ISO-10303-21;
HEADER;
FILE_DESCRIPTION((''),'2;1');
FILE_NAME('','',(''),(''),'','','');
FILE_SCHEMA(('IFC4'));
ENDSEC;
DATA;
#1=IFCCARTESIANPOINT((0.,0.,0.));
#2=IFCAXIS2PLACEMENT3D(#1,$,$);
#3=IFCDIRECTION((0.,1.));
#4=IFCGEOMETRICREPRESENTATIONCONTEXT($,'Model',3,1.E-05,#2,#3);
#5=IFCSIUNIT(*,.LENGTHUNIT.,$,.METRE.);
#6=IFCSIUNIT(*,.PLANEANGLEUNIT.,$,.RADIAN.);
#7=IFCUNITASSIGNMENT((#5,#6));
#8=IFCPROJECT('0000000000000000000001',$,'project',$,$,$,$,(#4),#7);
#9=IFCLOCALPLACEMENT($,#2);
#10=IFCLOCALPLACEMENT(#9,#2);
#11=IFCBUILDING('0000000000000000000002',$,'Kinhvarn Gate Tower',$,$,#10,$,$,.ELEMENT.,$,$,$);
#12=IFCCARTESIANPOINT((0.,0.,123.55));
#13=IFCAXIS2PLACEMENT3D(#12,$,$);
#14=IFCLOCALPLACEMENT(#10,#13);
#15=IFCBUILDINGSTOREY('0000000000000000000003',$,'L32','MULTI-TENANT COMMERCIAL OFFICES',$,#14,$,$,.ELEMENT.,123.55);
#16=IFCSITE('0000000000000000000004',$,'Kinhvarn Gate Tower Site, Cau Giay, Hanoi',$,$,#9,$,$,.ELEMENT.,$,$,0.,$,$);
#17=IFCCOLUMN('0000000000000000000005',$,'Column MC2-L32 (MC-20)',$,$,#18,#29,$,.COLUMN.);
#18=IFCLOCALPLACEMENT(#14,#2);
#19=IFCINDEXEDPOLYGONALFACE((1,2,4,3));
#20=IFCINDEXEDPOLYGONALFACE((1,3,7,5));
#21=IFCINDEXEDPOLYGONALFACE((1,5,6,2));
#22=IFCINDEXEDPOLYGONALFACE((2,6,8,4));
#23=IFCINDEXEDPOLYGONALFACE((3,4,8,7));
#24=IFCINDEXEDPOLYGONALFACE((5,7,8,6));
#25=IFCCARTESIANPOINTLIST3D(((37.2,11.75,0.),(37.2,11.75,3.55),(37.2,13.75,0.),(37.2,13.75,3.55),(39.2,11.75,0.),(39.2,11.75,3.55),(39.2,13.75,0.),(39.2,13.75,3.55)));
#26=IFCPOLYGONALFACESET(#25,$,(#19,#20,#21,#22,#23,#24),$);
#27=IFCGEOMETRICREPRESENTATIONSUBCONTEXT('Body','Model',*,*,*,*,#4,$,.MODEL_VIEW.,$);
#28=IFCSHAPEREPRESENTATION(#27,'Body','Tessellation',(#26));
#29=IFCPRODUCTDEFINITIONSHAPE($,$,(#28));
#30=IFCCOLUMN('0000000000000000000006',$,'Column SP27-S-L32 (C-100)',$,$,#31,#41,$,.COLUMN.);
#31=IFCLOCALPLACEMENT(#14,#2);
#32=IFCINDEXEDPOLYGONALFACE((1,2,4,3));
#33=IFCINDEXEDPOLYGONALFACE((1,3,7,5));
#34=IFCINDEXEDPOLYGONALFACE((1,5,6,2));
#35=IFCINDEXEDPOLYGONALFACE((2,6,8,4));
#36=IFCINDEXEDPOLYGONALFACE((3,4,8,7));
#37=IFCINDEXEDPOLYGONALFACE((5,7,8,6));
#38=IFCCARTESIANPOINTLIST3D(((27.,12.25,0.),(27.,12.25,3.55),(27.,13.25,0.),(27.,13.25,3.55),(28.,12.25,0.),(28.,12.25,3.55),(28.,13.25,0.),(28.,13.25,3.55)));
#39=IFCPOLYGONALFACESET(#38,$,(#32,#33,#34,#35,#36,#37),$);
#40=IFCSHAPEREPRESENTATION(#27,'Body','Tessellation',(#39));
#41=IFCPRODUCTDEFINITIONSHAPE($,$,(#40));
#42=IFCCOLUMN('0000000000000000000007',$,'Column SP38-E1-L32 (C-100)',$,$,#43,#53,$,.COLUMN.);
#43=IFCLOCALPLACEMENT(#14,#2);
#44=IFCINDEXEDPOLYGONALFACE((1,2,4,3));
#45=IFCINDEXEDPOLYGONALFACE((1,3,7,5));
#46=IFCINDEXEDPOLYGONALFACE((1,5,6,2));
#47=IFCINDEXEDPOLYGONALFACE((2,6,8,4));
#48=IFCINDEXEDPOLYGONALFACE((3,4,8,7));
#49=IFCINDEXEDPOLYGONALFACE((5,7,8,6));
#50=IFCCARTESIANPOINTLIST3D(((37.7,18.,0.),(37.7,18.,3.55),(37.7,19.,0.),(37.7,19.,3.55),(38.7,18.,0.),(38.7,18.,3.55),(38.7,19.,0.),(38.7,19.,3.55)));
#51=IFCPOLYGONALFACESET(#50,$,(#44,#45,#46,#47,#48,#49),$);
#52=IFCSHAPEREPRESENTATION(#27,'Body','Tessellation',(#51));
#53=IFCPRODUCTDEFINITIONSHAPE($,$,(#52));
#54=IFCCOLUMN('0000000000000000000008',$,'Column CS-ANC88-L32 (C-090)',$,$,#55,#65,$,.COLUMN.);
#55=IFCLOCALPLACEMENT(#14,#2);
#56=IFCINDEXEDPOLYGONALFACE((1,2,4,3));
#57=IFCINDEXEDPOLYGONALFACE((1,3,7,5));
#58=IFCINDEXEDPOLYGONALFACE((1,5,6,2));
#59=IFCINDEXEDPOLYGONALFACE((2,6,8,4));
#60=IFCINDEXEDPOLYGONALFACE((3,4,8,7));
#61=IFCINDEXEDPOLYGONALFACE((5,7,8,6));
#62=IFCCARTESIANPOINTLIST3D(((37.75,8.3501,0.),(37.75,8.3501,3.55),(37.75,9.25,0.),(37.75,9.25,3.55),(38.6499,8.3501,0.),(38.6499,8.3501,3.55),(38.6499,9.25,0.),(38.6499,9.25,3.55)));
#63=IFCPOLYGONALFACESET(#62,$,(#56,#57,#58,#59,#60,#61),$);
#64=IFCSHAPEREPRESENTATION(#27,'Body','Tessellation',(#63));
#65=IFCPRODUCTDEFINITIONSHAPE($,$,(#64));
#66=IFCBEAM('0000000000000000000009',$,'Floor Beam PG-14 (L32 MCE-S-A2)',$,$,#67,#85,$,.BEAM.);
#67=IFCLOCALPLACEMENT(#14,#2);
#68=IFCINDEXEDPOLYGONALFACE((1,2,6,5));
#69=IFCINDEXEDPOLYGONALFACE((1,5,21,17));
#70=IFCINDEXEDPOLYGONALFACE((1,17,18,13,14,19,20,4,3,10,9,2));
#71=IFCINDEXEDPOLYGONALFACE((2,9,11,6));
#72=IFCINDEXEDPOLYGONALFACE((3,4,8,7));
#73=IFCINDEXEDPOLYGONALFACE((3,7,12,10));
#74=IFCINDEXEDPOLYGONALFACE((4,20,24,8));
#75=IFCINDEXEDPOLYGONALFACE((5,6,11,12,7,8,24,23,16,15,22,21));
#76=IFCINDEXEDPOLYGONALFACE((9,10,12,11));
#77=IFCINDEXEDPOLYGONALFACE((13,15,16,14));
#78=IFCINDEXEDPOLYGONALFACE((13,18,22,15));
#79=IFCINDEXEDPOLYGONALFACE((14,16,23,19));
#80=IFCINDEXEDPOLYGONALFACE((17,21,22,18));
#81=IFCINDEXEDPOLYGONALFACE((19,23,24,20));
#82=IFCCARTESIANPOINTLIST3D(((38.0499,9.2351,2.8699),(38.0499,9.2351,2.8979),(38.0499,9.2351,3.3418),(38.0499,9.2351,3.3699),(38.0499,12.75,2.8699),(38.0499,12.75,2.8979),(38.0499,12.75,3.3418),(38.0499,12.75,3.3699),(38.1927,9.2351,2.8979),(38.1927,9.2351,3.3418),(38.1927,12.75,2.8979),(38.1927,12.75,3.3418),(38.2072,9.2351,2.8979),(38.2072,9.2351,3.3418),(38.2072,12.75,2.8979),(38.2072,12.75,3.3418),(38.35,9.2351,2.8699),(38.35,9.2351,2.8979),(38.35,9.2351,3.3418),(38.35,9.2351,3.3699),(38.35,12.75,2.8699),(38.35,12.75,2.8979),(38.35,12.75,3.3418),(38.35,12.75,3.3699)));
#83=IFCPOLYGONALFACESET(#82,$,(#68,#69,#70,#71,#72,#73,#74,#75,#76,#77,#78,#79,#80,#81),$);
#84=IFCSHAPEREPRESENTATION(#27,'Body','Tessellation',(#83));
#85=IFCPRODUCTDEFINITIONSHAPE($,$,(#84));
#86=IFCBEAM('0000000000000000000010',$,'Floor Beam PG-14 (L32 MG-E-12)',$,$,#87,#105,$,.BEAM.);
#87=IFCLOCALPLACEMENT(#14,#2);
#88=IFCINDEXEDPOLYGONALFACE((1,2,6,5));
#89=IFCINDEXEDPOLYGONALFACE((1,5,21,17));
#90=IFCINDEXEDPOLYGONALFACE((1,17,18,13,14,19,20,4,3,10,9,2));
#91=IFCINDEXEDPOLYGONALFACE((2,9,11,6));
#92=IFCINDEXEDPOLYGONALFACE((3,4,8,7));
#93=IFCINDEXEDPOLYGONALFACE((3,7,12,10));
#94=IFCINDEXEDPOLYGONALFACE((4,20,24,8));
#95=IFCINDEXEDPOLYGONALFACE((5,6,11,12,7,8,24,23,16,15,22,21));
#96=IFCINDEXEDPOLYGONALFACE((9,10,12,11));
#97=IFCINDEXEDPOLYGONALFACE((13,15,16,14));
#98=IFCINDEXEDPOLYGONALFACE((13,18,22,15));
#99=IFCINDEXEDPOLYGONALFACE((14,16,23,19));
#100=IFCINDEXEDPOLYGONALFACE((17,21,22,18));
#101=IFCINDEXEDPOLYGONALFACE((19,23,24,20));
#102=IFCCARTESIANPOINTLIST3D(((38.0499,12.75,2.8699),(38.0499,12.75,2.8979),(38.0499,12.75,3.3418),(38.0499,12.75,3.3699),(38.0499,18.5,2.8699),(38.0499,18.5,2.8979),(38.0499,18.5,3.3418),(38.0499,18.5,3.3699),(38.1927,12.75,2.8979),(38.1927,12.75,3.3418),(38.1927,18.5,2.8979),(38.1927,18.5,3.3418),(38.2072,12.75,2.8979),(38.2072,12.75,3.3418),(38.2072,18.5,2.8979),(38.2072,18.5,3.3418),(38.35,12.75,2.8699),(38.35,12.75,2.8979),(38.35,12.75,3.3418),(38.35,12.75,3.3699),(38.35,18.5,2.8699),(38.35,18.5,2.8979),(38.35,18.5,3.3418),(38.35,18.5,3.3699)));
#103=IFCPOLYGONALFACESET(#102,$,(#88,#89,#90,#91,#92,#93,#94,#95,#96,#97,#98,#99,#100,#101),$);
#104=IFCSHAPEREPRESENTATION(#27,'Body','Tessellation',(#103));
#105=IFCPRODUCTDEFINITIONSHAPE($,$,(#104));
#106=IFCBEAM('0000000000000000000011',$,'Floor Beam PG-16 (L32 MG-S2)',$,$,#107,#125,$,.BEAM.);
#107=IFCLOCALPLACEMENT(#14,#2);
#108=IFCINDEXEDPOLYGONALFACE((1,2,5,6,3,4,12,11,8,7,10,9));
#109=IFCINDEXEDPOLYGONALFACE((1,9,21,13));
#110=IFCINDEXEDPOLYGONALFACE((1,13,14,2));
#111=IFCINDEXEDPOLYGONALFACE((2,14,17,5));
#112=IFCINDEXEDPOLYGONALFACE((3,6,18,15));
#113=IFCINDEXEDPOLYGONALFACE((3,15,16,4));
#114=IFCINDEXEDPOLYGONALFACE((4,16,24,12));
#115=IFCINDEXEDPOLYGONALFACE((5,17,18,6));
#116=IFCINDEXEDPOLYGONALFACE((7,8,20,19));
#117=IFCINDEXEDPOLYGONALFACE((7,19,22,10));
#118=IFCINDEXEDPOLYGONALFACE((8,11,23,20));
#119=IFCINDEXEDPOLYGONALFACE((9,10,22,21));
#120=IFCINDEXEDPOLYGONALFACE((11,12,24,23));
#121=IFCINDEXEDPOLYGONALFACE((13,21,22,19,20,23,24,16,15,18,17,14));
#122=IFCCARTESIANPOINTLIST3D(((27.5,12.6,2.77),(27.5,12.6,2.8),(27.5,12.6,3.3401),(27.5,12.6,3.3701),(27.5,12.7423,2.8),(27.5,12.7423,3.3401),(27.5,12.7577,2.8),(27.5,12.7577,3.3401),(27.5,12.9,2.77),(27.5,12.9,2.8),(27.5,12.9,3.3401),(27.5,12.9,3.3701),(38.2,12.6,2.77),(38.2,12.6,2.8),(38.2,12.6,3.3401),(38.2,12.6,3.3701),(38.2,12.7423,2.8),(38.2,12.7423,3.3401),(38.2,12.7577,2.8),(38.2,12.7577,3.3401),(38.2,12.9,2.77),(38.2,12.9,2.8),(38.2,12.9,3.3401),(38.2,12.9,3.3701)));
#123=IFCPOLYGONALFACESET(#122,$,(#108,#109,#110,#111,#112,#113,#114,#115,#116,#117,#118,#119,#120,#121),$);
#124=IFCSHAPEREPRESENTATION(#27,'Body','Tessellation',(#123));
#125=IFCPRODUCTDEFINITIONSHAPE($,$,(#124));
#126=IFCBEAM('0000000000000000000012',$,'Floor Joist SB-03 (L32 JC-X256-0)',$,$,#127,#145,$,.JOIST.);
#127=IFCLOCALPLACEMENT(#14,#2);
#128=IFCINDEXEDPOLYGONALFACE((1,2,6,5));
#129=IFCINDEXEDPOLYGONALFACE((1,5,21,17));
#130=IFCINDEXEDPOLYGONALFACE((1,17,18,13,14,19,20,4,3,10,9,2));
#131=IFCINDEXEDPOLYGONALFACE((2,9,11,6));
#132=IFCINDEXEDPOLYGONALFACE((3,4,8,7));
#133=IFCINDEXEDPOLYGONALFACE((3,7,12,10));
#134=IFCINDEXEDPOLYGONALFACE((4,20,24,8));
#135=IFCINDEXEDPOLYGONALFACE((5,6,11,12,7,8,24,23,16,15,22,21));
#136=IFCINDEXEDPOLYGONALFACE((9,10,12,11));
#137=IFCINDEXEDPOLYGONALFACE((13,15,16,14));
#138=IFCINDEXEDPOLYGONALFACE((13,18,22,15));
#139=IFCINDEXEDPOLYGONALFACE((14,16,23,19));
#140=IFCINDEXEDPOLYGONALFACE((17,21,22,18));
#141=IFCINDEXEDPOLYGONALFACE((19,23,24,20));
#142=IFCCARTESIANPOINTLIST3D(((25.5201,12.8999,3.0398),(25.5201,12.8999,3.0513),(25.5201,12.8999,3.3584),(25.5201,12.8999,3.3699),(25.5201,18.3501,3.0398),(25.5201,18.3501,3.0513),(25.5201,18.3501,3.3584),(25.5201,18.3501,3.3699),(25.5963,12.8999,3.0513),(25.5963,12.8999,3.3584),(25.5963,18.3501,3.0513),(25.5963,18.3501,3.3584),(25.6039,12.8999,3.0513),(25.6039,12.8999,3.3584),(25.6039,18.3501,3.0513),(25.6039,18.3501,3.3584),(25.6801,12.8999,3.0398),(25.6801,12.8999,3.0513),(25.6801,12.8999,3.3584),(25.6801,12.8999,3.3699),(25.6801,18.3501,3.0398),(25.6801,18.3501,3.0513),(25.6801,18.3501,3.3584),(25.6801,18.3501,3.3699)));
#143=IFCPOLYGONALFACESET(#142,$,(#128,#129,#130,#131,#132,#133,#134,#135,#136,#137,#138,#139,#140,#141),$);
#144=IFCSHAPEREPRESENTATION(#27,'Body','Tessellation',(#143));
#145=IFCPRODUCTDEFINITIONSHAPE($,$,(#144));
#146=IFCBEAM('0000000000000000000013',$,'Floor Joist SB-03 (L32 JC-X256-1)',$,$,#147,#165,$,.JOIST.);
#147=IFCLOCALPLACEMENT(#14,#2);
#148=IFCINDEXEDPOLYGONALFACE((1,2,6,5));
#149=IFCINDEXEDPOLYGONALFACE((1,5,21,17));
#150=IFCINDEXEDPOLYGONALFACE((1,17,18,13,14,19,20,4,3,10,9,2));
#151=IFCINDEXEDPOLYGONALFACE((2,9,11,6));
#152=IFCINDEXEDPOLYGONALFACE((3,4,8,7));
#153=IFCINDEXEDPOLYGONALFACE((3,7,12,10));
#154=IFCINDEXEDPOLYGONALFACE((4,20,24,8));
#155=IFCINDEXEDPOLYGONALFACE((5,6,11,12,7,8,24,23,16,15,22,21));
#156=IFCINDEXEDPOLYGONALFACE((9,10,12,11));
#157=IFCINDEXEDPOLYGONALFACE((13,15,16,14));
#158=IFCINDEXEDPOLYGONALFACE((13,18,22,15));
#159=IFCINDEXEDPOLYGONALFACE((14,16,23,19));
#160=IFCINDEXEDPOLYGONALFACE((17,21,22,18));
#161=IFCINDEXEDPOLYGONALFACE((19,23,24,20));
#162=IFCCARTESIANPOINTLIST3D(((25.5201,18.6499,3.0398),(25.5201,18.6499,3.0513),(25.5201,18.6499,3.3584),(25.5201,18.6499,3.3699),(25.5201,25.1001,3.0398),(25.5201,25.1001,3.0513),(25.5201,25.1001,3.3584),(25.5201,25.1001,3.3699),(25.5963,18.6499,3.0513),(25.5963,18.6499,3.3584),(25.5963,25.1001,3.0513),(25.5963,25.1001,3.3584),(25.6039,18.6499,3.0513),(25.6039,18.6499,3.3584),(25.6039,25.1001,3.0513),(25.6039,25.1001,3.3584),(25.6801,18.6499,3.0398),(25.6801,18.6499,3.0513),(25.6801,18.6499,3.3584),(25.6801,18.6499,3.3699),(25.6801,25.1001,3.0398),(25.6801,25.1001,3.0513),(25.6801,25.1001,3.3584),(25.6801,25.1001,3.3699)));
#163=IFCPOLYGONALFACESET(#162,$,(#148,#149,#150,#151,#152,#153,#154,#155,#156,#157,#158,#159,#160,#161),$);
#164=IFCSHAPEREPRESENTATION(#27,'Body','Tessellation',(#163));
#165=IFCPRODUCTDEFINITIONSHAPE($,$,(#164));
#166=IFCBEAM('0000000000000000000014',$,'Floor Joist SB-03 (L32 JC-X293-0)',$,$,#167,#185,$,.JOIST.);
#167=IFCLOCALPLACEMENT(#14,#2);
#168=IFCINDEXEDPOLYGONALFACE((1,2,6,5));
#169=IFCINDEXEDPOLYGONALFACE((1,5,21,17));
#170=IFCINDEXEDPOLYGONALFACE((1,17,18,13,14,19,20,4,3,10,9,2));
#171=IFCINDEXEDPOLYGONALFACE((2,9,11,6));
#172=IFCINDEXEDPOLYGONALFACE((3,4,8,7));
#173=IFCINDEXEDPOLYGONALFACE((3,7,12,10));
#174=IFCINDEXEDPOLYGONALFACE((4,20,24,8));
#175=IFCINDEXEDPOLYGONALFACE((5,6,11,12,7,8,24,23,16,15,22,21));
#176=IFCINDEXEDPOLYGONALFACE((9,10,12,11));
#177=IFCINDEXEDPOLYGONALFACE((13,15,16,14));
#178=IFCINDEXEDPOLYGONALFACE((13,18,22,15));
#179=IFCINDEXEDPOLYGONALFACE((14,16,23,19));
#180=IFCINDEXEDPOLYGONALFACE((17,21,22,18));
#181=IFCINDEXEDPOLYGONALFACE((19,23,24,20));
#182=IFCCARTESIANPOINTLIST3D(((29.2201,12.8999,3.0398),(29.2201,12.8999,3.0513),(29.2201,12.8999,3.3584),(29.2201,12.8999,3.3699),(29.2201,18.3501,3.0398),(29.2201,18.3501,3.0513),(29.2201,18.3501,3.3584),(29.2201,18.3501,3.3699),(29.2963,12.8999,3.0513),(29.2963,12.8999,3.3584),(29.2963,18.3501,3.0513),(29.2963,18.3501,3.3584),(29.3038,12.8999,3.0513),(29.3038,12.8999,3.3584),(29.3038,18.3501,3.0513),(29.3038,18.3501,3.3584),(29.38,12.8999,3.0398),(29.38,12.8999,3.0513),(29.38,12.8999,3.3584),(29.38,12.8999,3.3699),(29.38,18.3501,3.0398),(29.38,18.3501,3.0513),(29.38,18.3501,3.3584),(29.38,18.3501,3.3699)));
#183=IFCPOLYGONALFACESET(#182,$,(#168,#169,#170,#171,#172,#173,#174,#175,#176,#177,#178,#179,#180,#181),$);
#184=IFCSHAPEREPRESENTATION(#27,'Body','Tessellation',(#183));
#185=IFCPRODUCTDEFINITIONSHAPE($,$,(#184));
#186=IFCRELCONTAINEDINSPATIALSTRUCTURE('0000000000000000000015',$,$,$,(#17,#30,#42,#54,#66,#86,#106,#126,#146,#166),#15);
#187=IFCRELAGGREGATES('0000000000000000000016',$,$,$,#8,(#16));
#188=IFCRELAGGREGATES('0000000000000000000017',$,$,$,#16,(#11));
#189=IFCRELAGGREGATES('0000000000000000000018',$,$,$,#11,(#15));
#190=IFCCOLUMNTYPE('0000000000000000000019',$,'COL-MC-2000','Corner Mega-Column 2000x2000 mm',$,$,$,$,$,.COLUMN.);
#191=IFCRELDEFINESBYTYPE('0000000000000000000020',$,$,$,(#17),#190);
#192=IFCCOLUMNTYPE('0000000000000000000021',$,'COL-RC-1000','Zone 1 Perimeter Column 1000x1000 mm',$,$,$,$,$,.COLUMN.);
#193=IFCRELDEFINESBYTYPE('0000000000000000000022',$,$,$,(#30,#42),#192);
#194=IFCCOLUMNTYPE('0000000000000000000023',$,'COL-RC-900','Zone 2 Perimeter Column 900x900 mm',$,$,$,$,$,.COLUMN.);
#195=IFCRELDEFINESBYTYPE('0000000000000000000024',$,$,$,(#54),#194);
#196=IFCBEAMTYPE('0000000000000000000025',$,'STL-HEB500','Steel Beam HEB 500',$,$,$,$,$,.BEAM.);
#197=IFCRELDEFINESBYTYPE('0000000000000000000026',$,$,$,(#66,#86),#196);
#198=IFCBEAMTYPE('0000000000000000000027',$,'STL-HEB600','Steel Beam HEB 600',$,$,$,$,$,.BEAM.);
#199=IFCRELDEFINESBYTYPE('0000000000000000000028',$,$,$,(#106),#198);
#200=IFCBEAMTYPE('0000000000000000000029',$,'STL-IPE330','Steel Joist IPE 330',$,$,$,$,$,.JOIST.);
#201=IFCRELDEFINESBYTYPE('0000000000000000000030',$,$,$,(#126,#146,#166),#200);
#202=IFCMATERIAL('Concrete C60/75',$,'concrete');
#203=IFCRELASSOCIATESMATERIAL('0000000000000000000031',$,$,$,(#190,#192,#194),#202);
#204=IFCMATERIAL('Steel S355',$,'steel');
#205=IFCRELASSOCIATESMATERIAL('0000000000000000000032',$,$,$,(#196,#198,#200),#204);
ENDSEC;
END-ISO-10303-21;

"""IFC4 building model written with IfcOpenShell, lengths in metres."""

from ifc_helpers import new_model, si_unit, direction, frame, origin, origin_2d, place, context, subcontext, project, spatial, rectangle, i_section, extrude, material, material_profile, profile_set, type_object, element, save


model = new_model("IFC4")

# Units and contexts
model_context = context("Model", 3, precision=1e-05, world=origin(), true_north=direction((0.0, 1.0)))
body_context = subcontext(model_context, "Body", "Model", "MODEL_VIEW")
ifc_project = project(units=[si_unit("LENGTHUNIT", "METRE"), si_unit("PLANEANGLEUNIT", "RADIAN")], contexts=[model_context])

# Site, building, storey
site_placement = place(None, origin())
site = spatial("IfcSite", under=ifc_project, at=site_placement, Name="Kinhvarn Gate Tower Site, Cau Giay, Hanoi", CompositionType="ELEMENT", RefElevation=0.0)
building_placement = place(site_placement, origin())
building = spatial("IfcBuilding", under=site, at=building_placement, Name="Kinhvarn Gate Tower", CompositionType="ELEMENT")
storey_placement = place(building_placement, frame((0.0, 0.0, 123.55)))
storey = spatial("IfcBuildingStorey", under=building, at=storey_placement, Name="L32", Description="MULTI-TENANT COMMERCIAL OFFICES", CompositionType="ELEMENT", Elevation=123.55)

# Columns
ifc_material_1 = material(Name="Concrete C60/75", Category="concrete")
ifc_material_profile_1 = material_profile(ifc_material_1, rectangle(XDim=2.0, YDim=2.0, at=origin_2d()), Name="RC 2000x2000")
ifc_profile_set_1 = profile_set([ifc_material_profile_1], Name="Concrete C60/75")
column_type_1 = type_object("IfcColumnType", Name="COL-MC-2000", Description="Corner Mega-Column 2000x2000 mm", PredefinedType="COLUMN", material=ifc_profile_set_1)
column_1_placement = place(storey_placement, frame((38.2, 12.75, 0.0), z_axis=(0.0, 0.0, 1.0), x_axis=(1.0, 0.0, 0.0)))
element("IfcColumn", 1, at=column_1_placement, inside=storey, type_object=column_type_1, Name="Column MC2-L32 (MC-20)", PredefinedType="COLUMN", context=body_context, shape_type="SweptSolid", body=[
    extrude(rectangle(XDim=2.0, YDim=2.0, at=origin_2d()), origin(), (0.0, 0.0, 1.0), 3.55),
])
ifc_material_profile_2 = material_profile(ifc_material_1, rectangle(XDim=1.0, YDim=1.0, at=origin_2d()), Name="RC 1000x1000")
ifc_profile_set_2 = profile_set([ifc_material_profile_2], Name="Concrete C60/75")
column_type_2 = type_object("IfcColumnType", Name="COL-RC-1000", Description="Zone 1 Perimeter Column 1000x1000 mm", PredefinedType="COLUMN", material=ifc_profile_set_2)
for number, where, z_axis, x_axis, name in (
    (2, (27.5, 12.75, 0.0), (0.0, 0.0, 1.0), (1.0, 0.0, 0.0), "Column SP27-S-L32 (C-100)"),
    (3, (38.2, 18.5, 0.0), (0.0, 0.0, 1.0), (1.0, 0.0, 0.0), "Column SP38-E1-L32 (C-100)"),
):
    element("IfcColumn", number, at=place(storey_placement, frame(where, z_axis=z_axis, x_axis=x_axis)), inside=storey, type_object=column_type_2, Name=name, PredefinedType="COLUMN", context=body_context, shape_type="SweptSolid", body=[
        extrude(rectangle(XDim=1.0, YDim=1.0, at=origin_2d()), origin(), (0.0, 0.0, 1.0), 3.55),
    ])
ifc_material_profile_3 = material_profile(ifc_material_1, rectangle(XDim=0.8999, YDim=0.8999, at=origin_2d()), Name="RC 900x900")
ifc_profile_set_3 = profile_set([ifc_material_profile_3], Name="Concrete C60/75")
column_type_3 = type_object("IfcColumnType", Name="COL-RC-900", Description="Zone 2 Perimeter Column 900x900 mm", PredefinedType="COLUMN", material=ifc_profile_set_3)
column_2_placement = place(storey_placement, frame((38.2, 8.8, 0.0), z_axis=(0.0, 0.0, 1.0), x_axis=(1.0, 0.0, 0.0)))
element("IfcColumn", 4, at=column_2_placement, inside=storey, type_object=column_type_3, Name="Column CS-ANC88-L32 (C-090)", PredefinedType="COLUMN", context=body_context, shape_type="SweptSolid", body=[
    extrude(rectangle(XDim=0.8999, YDim=0.8999, at=origin_2d()), origin(), (0.0, 0.0, 1.0), 3.55),
])

# Beams
ifc_material_2 = material(Name="Steel S355", Category="steel")
ifc_material_profile_4 = material_profile(ifc_material_2, i_section(OverallWidth=0.3, OverallDepth=0.5, WebThickness=0.0144, FlangeThickness=0.0281, at=origin_2d()), Name="HEB 500")
ifc_profile_set_4 = profile_set([ifc_material_profile_4], Name="Steel S355")
beam_type_1 = type_object("IfcBeamType", Name="STL-HEB500", Description="Steel Beam HEB 500", PredefinedType="BEAM", material=ifc_profile_set_4)
beam_1_placement = place(storey_placement, frame((38.2, 9.2351, 3.1199), z_axis=(0.0, 1.0, 0.0), x_axis=(-1.0, 0.0, 0.0)))
element("IfcBeam", 5, at=beam_1_placement, inside=storey, type_object=beam_type_1, Name="Floor Beam PG-14 (L32 MCE-S-A2)", PredefinedType="BEAM", context=body_context, shape_type="SweptSolid", body=[
    extrude(i_section(OverallWidth=0.3, OverallDepth=0.5, WebThickness=0.0144, FlangeThickness=0.0281, at=origin_2d()), origin(), (0.0, 0.0, 1.0), 3.5149),
])
beam_2_placement = place(storey_placement, frame((38.2, 12.75, 3.1199), z_axis=(0.0, 1.0, 0.0), x_axis=(-1.0, 0.0, 0.0)))
element("IfcBeam", 6, at=beam_2_placement, inside=storey, type_object=beam_type_1, Name="Floor Beam PG-14 (L32 MG-E-12)", PredefinedType="BEAM", context=body_context, shape_type="SweptSolid", body=[
    extrude(i_section(OverallWidth=0.3, OverallDepth=0.5, WebThickness=0.0144, FlangeThickness=0.0281, at=origin_2d()), origin(), (0.0, 0.0, 1.0), 5.75),
])
ifc_material_profile_5 = material_profile(ifc_material_2, i_section(OverallWidth=0.3, OverallDepth=0.6001, WebThickness=0.0154, FlangeThickness=0.03, at=origin_2d()), Name="HEB 600")
ifc_profile_set_5 = profile_set([ifc_material_profile_5], Name="Steel S355")
beam_type_2 = type_object("IfcBeamType", Name="STL-HEB600", Description="Steel Beam HEB 600", PredefinedType="BEAM", material=ifc_profile_set_5)
beam_3_placement = place(storey_placement, frame((27.5, 12.75, 3.0701), z_axis=(1.0, 0.0, 0.0), x_axis=(0.0, 1.0, 0.0)))
element("IfcBeam", 7, at=beam_3_placement, inside=storey, type_object=beam_type_2, Name="Floor Beam PG-16 (L32 MG-S2)", PredefinedType="BEAM", context=body_context, shape_type="SweptSolid", body=[
    extrude(i_section(OverallWidth=0.3, OverallDepth=0.6001, WebThickness=0.0154, FlangeThickness=0.03, at=origin_2d()), origin(), (0.0, 0.0, 1.0), 10.7),
])
ifc_material_profile_6 = material_profile(ifc_material_2, i_section(OverallWidth=0.1599, OverallDepth=0.3301, WebThickness=0.0076, FlangeThickness=0.0115, at=origin_2d()), Name="IPE 330")
ifc_profile_set_6 = profile_set([ifc_material_profile_6], Name="Steel S355")
beam_type_3 = type_object("IfcBeamType", Name="STL-IPE330", Description="Steel Joist IPE 330", PredefinedType="JOIST", material=ifc_profile_set_6)
beam_4_placement = place(storey_placement, frame((25.6001, 12.8999, 3.2048), z_axis=(0.0, 1.0, 0.0), x_axis=(-1.0, 0.0, 0.0)))
element("IfcBeam", 8, at=beam_4_placement, inside=storey, type_object=beam_type_3, Name="Floor Joist SB-03 (L32 JC-X256-0)", PredefinedType="JOIST", context=body_context, shape_type="SweptSolid", body=[
    extrude(i_section(OverallWidth=0.1599, OverallDepth=0.3301, WebThickness=0.0076, FlangeThickness=0.0115, at=origin_2d()), origin(), (0.0, 0.0, 1.0), 5.4502),
])
beam_5_placement = place(storey_placement, frame((25.6001, 18.6499, 3.2048), z_axis=(0.0, 1.0, 0.0), x_axis=(-1.0, 0.0, 0.0)))
element("IfcBeam", 9, at=beam_5_placement, inside=storey, type_object=beam_type_3, Name="Floor Joist SB-03 (L32 JC-X256-1)", PredefinedType="JOIST", context=body_context, shape_type="SweptSolid", body=[
    extrude(i_section(OverallWidth=0.1599, OverallDepth=0.3301, WebThickness=0.0076, FlangeThickness=0.0115, at=origin_2d()), origin(), (0.0, 0.0, 1.0), 6.4502),
])
beam_6_placement = place(storey_placement, frame((29.3, 12.8999, 3.2048), z_axis=(0.0, 1.0, 0.0), x_axis=(-1.0, 0.0, 0.0)))
element("IfcBeam", 10, at=beam_6_placement, inside=storey, type_object=beam_type_3, Name="Floor Joist SB-03 (L32 JC-X293-0)", PredefinedType="JOIST", context=body_context, shape_type="SweptSolid", body=[
    extrude(i_section(OverallWidth=0.1599, OverallDepth=0.3301, WebThickness=0.0076, FlangeThickness=0.0115, at=origin_2d()), origin(), (0.0, 0.0, 1.0), 5.4502),
])

save(model, "model.ifc")
